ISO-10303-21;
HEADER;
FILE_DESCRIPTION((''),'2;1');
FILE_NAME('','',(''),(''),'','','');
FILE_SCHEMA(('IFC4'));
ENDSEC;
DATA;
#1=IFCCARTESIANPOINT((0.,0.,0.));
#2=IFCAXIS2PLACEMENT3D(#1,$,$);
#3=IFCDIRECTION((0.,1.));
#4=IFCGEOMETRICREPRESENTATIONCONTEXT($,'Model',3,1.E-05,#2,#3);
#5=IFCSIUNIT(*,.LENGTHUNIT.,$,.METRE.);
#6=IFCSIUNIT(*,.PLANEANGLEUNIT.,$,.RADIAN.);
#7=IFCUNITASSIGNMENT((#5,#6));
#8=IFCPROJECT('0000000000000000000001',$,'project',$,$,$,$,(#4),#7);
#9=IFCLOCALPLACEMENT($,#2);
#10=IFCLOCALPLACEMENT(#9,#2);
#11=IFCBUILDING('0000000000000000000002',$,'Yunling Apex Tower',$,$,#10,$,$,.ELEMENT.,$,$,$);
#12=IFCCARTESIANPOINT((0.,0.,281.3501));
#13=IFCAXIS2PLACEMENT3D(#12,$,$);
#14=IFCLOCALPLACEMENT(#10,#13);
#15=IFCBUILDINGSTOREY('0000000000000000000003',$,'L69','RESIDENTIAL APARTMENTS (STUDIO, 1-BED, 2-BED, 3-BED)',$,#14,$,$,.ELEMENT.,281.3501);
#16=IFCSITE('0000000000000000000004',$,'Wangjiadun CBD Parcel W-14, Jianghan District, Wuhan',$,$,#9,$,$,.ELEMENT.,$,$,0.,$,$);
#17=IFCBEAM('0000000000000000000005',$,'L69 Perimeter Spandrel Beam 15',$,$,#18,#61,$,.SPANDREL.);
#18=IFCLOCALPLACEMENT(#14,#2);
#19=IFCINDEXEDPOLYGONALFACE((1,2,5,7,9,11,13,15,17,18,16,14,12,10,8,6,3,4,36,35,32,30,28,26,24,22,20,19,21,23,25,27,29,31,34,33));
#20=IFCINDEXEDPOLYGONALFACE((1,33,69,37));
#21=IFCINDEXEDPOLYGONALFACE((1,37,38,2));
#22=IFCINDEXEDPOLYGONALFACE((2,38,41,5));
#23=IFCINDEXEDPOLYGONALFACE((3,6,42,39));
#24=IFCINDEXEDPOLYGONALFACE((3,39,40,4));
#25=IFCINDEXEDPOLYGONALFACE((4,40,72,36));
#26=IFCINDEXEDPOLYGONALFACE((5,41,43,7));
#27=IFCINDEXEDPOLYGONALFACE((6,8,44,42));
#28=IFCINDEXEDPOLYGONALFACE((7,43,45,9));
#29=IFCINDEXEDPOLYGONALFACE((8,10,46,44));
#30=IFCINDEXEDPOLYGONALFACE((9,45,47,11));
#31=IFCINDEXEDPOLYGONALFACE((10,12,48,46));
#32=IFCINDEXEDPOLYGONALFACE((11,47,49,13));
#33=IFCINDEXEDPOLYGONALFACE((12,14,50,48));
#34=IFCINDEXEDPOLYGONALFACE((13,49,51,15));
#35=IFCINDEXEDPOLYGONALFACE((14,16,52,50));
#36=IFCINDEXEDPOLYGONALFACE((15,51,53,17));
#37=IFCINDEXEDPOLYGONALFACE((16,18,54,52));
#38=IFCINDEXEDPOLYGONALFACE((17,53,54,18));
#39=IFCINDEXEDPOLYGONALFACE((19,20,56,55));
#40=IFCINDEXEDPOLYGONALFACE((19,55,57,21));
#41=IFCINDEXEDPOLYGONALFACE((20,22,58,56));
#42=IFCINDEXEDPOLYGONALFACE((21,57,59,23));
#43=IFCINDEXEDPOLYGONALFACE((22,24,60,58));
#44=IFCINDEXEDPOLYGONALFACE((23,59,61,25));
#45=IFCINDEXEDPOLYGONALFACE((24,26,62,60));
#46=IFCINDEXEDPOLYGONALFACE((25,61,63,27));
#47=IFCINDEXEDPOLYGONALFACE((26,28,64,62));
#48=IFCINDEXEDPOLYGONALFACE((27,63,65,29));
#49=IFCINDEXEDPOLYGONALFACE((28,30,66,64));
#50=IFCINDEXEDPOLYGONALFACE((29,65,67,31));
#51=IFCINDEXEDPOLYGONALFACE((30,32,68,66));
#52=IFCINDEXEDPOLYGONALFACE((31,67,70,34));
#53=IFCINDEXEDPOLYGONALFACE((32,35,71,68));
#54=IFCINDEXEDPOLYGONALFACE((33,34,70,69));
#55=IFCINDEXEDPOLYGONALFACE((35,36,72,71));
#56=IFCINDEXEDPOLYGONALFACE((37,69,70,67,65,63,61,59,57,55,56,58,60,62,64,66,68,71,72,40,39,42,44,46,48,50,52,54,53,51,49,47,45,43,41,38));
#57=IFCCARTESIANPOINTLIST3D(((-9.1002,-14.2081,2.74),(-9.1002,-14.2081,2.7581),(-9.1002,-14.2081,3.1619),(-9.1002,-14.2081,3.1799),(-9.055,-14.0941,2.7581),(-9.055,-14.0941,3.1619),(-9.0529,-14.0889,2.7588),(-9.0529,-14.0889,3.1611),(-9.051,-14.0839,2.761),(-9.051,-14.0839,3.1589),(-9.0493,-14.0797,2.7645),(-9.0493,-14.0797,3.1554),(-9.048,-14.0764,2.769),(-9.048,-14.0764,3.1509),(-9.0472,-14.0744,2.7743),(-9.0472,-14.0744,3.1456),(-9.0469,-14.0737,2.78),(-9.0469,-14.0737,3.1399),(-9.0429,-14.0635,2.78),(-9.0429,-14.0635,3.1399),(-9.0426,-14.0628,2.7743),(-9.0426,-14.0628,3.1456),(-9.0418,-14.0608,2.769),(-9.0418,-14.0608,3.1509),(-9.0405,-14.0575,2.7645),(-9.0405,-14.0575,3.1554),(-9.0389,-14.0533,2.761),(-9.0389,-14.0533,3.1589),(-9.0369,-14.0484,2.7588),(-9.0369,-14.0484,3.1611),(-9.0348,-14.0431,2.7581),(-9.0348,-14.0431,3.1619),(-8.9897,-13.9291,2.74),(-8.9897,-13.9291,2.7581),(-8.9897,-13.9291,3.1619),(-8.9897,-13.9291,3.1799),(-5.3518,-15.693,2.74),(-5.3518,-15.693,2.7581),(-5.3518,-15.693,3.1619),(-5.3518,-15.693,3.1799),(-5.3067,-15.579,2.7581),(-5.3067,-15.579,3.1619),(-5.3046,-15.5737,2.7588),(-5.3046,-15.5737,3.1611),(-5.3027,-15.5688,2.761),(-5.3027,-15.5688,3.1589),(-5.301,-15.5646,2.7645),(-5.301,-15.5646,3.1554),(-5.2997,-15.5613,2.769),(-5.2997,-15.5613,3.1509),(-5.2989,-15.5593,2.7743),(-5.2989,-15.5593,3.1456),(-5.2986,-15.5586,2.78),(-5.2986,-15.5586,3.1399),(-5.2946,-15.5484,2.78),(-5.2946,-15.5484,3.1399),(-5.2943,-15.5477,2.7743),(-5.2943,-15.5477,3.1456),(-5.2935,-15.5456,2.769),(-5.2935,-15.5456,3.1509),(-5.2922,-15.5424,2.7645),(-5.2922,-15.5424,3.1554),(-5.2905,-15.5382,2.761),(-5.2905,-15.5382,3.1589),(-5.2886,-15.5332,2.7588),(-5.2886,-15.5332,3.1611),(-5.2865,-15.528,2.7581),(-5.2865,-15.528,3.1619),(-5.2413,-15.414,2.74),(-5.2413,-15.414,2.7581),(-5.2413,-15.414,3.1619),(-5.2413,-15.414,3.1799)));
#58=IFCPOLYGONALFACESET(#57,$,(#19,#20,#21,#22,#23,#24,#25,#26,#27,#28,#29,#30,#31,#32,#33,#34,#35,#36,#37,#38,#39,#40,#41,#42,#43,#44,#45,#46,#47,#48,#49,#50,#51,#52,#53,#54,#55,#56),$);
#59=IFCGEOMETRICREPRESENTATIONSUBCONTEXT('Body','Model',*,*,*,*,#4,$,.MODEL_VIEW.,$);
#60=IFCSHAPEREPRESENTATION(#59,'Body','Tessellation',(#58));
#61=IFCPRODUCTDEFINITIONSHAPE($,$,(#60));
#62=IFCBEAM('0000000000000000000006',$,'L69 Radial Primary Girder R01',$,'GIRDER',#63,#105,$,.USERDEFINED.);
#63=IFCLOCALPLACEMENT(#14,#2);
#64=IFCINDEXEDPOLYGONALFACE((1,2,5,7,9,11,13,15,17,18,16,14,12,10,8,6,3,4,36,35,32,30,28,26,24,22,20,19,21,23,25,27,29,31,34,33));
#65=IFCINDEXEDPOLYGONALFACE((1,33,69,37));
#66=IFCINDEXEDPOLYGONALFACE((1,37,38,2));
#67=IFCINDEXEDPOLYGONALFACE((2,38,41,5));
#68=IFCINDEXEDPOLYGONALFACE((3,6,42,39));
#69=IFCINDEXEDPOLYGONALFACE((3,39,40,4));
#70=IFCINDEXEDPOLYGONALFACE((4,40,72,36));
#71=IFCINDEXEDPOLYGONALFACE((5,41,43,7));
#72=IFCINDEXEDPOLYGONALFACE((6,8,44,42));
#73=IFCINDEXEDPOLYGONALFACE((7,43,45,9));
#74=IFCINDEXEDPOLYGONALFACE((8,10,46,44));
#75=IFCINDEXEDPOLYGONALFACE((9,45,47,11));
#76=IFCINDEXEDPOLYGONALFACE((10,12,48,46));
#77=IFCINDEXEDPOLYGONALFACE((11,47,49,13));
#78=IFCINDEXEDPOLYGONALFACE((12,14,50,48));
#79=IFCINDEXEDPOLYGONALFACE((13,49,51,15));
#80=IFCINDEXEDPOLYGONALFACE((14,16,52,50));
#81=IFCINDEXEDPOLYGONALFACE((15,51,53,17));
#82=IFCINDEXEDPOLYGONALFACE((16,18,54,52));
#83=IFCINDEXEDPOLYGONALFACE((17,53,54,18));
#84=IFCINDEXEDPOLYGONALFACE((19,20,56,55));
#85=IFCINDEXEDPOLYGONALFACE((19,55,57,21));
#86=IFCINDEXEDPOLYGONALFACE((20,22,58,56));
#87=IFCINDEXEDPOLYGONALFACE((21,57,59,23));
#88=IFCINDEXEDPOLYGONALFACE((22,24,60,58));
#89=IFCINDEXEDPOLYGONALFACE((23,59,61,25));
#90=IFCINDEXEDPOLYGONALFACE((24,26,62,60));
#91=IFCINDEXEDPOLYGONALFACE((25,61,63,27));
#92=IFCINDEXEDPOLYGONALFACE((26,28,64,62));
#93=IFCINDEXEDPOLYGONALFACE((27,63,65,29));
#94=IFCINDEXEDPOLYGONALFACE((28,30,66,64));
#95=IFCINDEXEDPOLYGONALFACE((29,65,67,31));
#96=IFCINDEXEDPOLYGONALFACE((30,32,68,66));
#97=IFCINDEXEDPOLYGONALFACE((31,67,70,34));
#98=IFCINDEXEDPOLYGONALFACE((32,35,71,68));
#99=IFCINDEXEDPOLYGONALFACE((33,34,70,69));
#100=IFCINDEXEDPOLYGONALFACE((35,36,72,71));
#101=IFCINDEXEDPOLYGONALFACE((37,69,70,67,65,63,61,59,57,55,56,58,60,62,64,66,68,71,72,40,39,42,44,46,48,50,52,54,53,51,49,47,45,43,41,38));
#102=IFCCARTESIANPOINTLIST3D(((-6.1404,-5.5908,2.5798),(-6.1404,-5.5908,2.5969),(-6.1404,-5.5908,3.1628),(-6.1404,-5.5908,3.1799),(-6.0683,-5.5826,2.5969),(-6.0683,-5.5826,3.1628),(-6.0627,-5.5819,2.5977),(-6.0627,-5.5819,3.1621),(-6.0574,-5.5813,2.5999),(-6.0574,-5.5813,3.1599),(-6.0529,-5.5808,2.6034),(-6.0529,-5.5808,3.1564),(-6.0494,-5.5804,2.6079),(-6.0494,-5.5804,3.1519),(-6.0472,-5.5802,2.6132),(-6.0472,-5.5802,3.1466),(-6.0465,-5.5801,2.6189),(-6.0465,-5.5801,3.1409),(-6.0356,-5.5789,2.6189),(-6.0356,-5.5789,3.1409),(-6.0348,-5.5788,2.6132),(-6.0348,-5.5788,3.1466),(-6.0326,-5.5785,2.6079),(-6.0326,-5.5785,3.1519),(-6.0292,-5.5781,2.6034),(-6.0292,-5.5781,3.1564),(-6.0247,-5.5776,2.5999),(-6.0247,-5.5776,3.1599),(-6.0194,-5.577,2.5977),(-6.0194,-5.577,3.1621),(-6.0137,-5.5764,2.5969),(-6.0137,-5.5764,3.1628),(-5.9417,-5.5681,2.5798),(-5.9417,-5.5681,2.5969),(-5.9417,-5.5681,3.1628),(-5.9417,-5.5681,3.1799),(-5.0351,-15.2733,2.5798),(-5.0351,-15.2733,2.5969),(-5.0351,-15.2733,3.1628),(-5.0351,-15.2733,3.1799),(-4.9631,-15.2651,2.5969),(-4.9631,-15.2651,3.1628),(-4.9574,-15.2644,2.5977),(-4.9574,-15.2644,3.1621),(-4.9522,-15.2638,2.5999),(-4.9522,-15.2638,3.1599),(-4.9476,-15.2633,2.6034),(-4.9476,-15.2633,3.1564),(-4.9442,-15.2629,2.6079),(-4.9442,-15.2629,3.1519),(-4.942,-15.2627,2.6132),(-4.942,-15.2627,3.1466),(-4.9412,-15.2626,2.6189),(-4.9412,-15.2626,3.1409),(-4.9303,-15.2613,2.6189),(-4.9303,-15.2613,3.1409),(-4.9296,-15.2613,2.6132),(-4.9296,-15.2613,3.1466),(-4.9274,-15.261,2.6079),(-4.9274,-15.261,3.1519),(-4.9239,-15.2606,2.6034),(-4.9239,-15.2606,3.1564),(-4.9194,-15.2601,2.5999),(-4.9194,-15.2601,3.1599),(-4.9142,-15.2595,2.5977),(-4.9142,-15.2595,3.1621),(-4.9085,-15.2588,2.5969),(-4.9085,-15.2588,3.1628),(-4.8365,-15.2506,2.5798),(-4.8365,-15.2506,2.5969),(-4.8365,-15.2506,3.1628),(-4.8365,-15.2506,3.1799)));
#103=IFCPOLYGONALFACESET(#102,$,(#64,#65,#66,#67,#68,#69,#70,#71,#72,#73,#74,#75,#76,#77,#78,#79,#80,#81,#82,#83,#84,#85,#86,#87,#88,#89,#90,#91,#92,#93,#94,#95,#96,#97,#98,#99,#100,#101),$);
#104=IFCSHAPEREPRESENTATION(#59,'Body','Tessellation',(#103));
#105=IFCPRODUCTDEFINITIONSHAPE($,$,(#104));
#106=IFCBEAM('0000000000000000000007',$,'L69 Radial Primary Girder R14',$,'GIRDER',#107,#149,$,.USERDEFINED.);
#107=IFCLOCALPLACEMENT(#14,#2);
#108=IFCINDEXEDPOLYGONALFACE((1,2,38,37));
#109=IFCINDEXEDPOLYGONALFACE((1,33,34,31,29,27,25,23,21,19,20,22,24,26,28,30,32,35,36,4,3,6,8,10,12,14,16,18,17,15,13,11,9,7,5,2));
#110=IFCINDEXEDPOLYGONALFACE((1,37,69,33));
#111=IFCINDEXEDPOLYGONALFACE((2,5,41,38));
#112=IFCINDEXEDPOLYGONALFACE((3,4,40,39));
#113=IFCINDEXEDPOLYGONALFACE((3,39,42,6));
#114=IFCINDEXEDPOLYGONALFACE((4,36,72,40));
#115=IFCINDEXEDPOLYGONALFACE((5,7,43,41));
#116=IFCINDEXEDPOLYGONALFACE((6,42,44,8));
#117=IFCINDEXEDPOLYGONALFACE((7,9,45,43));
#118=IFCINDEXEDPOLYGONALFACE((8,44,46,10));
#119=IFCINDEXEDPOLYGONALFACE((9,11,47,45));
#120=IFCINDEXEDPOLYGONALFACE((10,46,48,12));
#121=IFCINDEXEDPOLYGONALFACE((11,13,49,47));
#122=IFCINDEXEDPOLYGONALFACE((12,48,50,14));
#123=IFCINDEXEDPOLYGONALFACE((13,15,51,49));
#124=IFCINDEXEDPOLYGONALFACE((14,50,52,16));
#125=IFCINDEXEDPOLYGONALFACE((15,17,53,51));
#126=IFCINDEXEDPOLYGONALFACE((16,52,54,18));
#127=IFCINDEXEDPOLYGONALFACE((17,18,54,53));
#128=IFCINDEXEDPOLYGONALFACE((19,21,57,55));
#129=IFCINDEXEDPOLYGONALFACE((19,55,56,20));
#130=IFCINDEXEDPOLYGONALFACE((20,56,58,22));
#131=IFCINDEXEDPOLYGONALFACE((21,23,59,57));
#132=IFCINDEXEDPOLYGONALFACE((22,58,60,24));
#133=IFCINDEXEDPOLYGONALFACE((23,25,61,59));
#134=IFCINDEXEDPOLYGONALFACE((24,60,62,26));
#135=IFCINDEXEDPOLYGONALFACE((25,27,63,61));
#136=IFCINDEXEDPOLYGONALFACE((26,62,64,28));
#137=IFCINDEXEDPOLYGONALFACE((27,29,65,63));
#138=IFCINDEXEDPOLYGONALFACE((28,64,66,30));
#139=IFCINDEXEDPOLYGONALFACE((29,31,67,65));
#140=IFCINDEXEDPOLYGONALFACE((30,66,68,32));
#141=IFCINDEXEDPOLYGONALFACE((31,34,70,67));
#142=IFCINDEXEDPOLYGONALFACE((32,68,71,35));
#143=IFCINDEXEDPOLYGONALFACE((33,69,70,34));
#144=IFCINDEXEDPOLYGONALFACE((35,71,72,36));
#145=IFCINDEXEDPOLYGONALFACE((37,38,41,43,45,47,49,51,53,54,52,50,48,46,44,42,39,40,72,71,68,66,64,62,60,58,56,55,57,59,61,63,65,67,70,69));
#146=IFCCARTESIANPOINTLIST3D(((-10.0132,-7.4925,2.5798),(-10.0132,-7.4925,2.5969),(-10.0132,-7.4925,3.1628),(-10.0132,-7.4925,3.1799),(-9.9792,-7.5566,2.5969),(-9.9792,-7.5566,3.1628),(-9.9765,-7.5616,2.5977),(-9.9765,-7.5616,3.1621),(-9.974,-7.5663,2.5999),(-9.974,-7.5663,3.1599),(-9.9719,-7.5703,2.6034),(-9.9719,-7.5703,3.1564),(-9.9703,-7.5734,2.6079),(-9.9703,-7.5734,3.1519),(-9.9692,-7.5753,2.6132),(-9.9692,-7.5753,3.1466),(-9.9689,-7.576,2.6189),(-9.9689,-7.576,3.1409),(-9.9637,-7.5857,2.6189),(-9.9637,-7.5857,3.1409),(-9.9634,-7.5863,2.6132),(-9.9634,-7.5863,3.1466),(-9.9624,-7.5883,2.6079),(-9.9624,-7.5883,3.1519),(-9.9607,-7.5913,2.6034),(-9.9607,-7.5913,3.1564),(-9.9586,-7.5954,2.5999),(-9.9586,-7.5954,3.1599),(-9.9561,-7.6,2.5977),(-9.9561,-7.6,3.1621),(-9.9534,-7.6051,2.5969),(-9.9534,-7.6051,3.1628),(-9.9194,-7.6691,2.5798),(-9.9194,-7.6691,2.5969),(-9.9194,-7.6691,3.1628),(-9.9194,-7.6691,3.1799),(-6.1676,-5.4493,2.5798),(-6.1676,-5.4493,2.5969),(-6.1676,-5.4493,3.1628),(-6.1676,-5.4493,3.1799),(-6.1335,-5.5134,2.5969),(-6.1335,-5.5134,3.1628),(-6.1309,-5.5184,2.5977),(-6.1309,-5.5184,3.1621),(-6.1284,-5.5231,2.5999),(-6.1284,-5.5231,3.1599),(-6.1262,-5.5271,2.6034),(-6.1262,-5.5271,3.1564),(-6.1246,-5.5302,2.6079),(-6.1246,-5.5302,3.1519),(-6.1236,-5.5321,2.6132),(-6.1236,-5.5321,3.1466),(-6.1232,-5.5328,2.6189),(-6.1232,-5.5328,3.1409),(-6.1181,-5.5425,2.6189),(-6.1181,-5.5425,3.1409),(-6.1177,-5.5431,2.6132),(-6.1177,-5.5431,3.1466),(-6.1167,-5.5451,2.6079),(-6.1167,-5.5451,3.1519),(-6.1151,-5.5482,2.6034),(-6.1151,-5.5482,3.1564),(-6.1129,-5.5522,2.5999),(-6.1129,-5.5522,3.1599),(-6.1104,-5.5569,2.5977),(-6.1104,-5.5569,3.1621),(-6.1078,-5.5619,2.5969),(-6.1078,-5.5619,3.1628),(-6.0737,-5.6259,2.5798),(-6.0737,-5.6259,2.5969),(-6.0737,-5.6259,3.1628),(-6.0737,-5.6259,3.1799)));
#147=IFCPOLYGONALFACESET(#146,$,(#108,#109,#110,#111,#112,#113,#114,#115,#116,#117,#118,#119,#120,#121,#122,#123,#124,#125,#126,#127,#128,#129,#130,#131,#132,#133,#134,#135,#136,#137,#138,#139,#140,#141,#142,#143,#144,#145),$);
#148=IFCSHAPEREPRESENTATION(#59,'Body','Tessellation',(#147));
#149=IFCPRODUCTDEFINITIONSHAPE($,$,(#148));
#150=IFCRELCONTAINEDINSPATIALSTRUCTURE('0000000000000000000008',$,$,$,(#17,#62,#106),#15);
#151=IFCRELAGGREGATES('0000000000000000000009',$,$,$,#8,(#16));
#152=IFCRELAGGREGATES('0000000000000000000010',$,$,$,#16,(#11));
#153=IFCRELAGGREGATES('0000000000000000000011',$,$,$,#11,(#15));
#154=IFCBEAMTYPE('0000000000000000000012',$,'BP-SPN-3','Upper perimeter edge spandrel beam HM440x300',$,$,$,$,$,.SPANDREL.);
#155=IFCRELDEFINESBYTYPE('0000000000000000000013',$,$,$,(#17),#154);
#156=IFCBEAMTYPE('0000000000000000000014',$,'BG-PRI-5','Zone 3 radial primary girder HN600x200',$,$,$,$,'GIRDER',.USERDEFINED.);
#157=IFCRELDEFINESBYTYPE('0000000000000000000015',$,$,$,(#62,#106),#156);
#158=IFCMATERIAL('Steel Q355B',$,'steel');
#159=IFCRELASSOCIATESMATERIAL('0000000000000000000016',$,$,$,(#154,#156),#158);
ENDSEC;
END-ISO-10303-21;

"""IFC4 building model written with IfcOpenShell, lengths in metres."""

from ifc_helpers import new_model, si_unit, direction, frame, origin, origin_2d, place, context, subcontext, project, spatial, i_section, extrude, source, transform, mapped, material, material_profile, profile_set, type_object, element, save


model = new_model("IFC4")

# Units and contexts
model_context = context("Model", 3, precision=1e-05, world=origin(), true_north=direction((0.0, 1.0)))
body_context = subcontext(model_context, "Body", "Model", "MODEL_VIEW")
ifc_project = project(units=[si_unit("LENGTHUNIT", "METRE"), si_unit("PLANEANGLEUNIT", "RADIAN")], contexts=[model_context])

# Site, building, storey
site_placement = place(None, origin())
site = spatial("IfcSite", under=ifc_project, at=site_placement, Name="Wangjiadun CBD Parcel W-14, Jianghan District, Wuhan", CompositionType="ELEMENT", RefElevation=0.0)
building_placement = place(site_placement, origin())
building = spatial("IfcBuilding", under=site, at=building_placement, Name="Yunling Apex Tower", CompositionType="ELEMENT")
storey_placement = place(building_placement, frame((0.0, 0.0, 281.3501)))
storey = spatial("IfcBuildingStorey", under=building, at=storey_placement, Name="L69", Description="RESIDENTIAL APARTMENTS (STUDIO, 1-BED, 2-BED, 3-BED)", CompositionType="ELEMENT", Elevation=281.3501)

# Shared definitions
ifc_material_1 = material(Name="Steel Q355B", Category="steel")

# Beams
ifc_material_profile_1 = material_profile(ifc_material_1, i_section(OverallWidth=0.3, OverallDepth=0.4399, WebThickness=0.011, FlangeThickness=0.0181, FilletRadius=0.022, at=origin_2d()))
ifc_profile_set_1 = profile_set([ifc_material_profile_1], Name="Steel Q355B")
beam_type_1 = type_object("IfcBeamType", Name="BP-SPN-3", Description="Upper perimeter edge spandrel beam HM440x300", PredefinedType="SPANDREL", material=ifc_profile_set_1)
shared_shape_1 = source(origin(), body_context, "Body", "SweptSolid", [
    extrude(i_section(OverallWidth=0.3, OverallDepth=0.4399, WebThickness=0.011, FlangeThickness=0.0181, FilletRadius=0.022, at=origin_2d()), origin(), (0.0, 0.0, 1.0), 4.0317),
])
beam_1_placement = place(storey_placement, frame((-9.0449, -14.0686, 2.96), z_axis=(0.929708, -0.368298, 0.0), x_axis=(0.368298, 0.929708, 0.0)))
element("IfcBeam", 1, at=beam_1_placement, inside=storey, type_object=beam_type_1, Name="L69 Perimeter Spandrel Beam 15", PredefinedType="SPANDREL", context=body_context, shape_type="MappedRepresentation", body=[
    mapped(shared_shape_1, transform((0.0, 0.0, 0.0), scale=1.0)),
])
ifc_material_profile_2 = material_profile(ifc_material_1, i_section(OverallWidth=0.2, OverallDepth=0.6001, WebThickness=0.011, FlangeThickness=0.0171, FilletRadius=0.022, at=origin_2d()))
ifc_profile_set_2 = profile_set([ifc_material_profile_2], Name="Steel Q355B")
beam_type_2 = type_object("IfcBeamType", Name="BG-PRI-5", Description="Zone 3 radial primary girder HN600x200", ElementType="GIRDER", PredefinedType="USERDEFINED", material=ifc_profile_set_2)
shared_shape_2 = source(origin(), body_context, "Body", "SweptSolid", [
    extrude(i_section(OverallWidth=0.2, OverallDepth=0.6001, WebThickness=0.011, FlangeThickness=0.0171, FilletRadius=0.022, at=origin_2d()), origin(), (0.0, 0.0, 1.0), 9.7454),
])
beam_2_placement = place(storey_placement, frame((-4.9358, -15.262, 2.8799), z_axis=(-0.113412, 0.993548, 0.0), x_axis=(-0.993548, -0.113412, 0.0)))
element("IfcBeam", 2, at=beam_2_placement, inside=storey, type_object=beam_type_2, Name="L69 Radial Primary Girder R01", ObjectType="GIRDER", PredefinedType="USERDEFINED", context=body_context, shape_type="MappedRepresentation", body=[
    mapped(shared_shape_2, transform((0.0, 0.0, 0.0), scale=1.0)),
])
shared_shape_3 = source(origin(), body_context, "Body", "SweptSolid", [
    extrude(i_section(OverallWidth=0.2, OverallDepth=0.6001, WebThickness=0.011, FlangeThickness=0.0171, FilletRadius=0.022, at=origin_2d()), origin(), (0.0, 0.0, 1.0), 4.3547),
])
beam_3_placement = place(storey_placement, frame((-9.9663, -7.5808, 2.8799), z_axis=(0.883098, 0.469188, 0.0), x_axis=(-0.469188, 0.883098, 0.0)))
element("IfcBeam", 3, at=beam_3_placement, inside=storey, type_object=beam_type_2, Name="L69 Radial Primary Girder R14", ObjectType="GIRDER", PredefinedType="USERDEFINED", context=body_context, shape_type="MappedRepresentation", body=[
    mapped(shared_shape_3, transform((0.0, 0.0, 0.0), scale=1.0)),
])

save(model, "model.ifc")
